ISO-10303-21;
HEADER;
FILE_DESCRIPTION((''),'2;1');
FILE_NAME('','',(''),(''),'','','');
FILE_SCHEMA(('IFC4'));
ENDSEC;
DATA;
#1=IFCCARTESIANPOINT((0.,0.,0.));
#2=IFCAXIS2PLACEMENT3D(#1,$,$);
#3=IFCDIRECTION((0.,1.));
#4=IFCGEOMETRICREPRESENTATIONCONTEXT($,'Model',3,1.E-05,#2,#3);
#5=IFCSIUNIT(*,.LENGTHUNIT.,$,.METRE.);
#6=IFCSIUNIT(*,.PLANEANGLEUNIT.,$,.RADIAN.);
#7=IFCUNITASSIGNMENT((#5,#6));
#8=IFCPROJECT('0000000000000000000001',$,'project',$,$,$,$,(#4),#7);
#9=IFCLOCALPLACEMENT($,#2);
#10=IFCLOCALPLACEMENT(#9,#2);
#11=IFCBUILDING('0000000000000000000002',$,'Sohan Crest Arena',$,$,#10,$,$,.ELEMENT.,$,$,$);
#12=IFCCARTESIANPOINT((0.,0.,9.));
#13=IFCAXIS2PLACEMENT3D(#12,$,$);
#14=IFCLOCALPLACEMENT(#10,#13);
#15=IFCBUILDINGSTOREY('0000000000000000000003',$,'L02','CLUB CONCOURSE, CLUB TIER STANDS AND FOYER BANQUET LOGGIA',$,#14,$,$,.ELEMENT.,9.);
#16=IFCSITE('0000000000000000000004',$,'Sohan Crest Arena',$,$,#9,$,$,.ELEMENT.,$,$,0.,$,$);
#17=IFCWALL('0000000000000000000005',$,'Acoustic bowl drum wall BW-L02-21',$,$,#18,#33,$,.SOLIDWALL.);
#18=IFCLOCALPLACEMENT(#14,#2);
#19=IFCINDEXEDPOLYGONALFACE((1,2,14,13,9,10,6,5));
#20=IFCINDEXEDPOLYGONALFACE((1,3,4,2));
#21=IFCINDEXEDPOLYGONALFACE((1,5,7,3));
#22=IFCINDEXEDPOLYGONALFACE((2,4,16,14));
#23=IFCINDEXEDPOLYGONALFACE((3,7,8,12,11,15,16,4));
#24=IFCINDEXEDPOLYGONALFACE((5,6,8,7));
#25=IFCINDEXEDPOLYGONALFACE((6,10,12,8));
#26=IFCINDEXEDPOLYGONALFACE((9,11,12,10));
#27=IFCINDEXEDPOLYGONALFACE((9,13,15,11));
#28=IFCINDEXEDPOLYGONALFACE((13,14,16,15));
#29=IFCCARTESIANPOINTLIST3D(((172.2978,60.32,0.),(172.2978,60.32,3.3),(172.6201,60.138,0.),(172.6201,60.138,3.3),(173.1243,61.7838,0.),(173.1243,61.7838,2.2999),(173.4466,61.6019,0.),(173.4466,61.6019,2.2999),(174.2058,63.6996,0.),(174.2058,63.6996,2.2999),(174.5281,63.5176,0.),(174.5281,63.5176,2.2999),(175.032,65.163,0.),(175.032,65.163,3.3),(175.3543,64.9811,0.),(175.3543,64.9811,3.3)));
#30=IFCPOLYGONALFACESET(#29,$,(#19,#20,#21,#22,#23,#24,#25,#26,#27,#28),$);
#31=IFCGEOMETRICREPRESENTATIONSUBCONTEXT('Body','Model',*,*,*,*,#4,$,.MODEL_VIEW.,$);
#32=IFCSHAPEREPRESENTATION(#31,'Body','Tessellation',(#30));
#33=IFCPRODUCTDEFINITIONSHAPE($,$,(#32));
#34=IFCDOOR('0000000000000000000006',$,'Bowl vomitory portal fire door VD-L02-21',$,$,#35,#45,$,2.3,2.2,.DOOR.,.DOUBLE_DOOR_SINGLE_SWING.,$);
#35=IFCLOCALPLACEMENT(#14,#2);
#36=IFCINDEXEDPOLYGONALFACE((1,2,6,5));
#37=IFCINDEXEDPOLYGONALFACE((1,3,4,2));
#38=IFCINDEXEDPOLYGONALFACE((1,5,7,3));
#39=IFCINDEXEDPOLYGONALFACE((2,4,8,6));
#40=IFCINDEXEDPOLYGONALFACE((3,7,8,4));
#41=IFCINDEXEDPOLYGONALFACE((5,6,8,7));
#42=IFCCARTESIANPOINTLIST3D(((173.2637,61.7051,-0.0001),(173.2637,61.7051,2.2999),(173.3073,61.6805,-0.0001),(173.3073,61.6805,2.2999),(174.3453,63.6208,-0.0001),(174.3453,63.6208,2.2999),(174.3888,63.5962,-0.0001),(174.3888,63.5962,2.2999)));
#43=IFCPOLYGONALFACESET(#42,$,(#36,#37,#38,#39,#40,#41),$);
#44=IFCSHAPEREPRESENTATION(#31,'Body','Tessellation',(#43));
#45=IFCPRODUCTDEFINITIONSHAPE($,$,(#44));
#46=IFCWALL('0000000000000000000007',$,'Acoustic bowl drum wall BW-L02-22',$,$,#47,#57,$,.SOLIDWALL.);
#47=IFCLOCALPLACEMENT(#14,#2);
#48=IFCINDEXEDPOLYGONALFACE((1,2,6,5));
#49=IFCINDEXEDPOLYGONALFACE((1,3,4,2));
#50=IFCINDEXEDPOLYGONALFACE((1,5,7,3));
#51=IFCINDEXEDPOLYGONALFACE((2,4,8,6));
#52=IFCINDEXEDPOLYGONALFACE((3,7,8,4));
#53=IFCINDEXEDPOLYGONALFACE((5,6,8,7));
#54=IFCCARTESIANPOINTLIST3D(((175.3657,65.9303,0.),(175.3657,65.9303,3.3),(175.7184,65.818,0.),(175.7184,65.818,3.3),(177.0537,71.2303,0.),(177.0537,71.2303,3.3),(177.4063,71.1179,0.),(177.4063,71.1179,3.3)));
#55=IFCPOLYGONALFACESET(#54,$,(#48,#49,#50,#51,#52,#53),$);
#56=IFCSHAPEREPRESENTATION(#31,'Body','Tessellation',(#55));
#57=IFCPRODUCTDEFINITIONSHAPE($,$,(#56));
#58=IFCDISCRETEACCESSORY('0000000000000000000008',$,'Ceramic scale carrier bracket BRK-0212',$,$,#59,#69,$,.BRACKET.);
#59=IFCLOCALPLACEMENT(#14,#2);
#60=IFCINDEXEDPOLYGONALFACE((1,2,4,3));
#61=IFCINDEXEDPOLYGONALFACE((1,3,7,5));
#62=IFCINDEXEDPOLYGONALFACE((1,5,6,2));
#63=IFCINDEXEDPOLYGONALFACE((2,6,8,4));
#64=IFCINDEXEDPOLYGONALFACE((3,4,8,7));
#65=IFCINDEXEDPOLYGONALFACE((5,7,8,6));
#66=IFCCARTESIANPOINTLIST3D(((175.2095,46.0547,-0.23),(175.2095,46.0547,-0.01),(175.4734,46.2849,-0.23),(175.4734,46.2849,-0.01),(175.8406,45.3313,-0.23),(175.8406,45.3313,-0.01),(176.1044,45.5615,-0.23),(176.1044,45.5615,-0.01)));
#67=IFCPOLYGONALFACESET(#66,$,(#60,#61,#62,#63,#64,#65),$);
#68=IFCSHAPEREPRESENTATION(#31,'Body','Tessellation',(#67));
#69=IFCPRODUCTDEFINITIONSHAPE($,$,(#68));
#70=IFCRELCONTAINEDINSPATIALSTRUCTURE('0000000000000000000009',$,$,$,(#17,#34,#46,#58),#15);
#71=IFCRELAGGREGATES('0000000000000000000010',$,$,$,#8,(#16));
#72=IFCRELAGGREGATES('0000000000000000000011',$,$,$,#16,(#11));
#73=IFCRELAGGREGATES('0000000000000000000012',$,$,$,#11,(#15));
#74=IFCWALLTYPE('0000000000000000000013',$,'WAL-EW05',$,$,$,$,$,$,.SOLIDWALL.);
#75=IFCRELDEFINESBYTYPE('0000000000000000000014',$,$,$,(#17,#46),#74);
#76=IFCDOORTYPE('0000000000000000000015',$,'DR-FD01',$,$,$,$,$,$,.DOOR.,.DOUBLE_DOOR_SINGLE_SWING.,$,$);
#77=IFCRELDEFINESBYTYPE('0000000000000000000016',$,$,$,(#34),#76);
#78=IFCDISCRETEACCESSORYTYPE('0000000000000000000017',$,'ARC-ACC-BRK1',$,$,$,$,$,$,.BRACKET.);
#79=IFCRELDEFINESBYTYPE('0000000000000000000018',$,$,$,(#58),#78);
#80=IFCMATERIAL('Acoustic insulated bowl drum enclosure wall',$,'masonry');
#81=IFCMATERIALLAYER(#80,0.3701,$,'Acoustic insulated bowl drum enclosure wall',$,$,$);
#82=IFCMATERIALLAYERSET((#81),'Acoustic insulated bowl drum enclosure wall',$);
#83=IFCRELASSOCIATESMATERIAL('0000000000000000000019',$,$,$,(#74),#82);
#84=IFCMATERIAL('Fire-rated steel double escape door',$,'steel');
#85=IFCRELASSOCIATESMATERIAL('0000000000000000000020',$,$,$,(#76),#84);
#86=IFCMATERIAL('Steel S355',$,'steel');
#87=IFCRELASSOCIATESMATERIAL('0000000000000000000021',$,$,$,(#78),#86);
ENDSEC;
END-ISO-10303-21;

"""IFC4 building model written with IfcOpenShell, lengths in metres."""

from ifc_helpers import new_model, si_unit, direction, frame, frame_2d, origin, origin_2d, place, context, subcontext, project, spatial, rectangle, extrude, material, layer, layer_set, type_object, element, fill, save


model = new_model("IFC4")

# Units and contexts
model_context = context("Model", 3, precision=1e-05, world=origin(), true_north=direction((0.0, 1.0)))
body_context = subcontext(model_context, "Body", "Model", "MODEL_VIEW")
ifc_project = project(units=[si_unit("LENGTHUNIT", "METRE"), si_unit("PLANEANGLEUNIT", "RADIAN")], contexts=[model_context])

# Site, building, storey
site_placement = place(None, origin())
site = spatial("IfcSite", under=ifc_project, at=site_placement, Name="Sohan Crest Arena", CompositionType="ELEMENT", RefElevation=0.0)
building_placement = place(site_placement, origin())
building = spatial("IfcBuilding", under=site, at=building_placement, Name="Sohan Crest Arena", CompositionType="ELEMENT")
storey_placement = place(building_placement, frame((0.0, 0.0, 9.0)))
storey = spatial("IfcBuildingStorey", under=building, at=storey_placement, Name="L02", Description="CLUB CONCOURSE, CLUB TIER STANDS AND FOYER BANQUET LOGGIA", CompositionType="ELEMENT", Elevation=9.0)

# Shared definitions
ifc_material_1 = material(Name="Steel S355", Category="steel")

# Wall, opening, door
ifc_material_2 = material(Name="Acoustic insulated bowl drum enclosure wall", Category="masonry")
ifc_layer_1 = layer(ifc_material_2, 0.3701, Name="Acoustic insulated bowl drum enclosure wall")
ifc_layer_set_1 = layer_set([ifc_layer_1], Name="Acoustic insulated bowl drum enclosure wall")
wall_type = type_object("IfcWallType", Name="WAL-EW05", PredefinedType="SOLIDWALL", material=ifc_layer_set_1)
wall_1_placement = place(storey_placement, frame((172.459, 60.229, 0.0), z_axis=(0.0, 0.0, 1.0), x_axis=(0.491617, 0.870811, 0.0)))
wall_1 = element("IfcWall", 1, at=wall_1_placement, inside=storey, type_object=wall_type, Name="Acoustic bowl drum wall BW-L02-21", PredefinedType="SOLIDWALL", context=body_context, shape_type="SweptSolid", body=[
    extrude(rectangle(XDim=5.5615, YDim=0.3701, at=frame_2d((2.7808, 0.0))), origin(), (0.0, 0.0, 1.0), 3.3),
])
opening_placement = place(wall_1_placement, frame((1.6809, 0.0, 0.0)))
opening = element("IfcOpeningElement", 2, at=opening_placement, cuts=wall_1, PredefinedType="OPENING", context=body_context, shape_type="SweptSolid", body=[
    extrude(rectangle(XDim=2.2, YDim=2.3, at=frame_2d((1.1001, 1.1499))), frame((0.0, 0.1951, 0.0), z_axis=(0.0, -1.0, 0.0), x_axis=(1.0, 0.0, 0.0)), (0.0, 0.0, 1.0), 0.3901),
])
ifc_material_3 = material(Name="Fire-rated steel double escape door", Category="steel")
door_type = type_object("IfcDoorType", Name="DR-FD01", OperationType="DOUBLE_DOOR_SINGLE_SWING", PredefinedType="DOOR", material=ifc_material_3)
door_placement = place(opening_placement, origin())
door = element("IfcDoor", 3, at=door_placement, inside=storey, type_object=door_type, Name="Bowl vomitory portal fire door VD-L02-21", OperationType="DOUBLE_DOOR_SINGLE_SWING", OverallHeight=2.3, OverallWidth=2.2, PredefinedType="DOOR", context=body_context, shape_type="SweptSolid", body=[
    extrude(rectangle(XDim=2.2, YDim=2.3, at=frame_2d((1.1001, 1.1499))), frame((0.0, 0.0249, 0.0), z_axis=(0.0, -1.0, 0.0), x_axis=(1.0, 0.0, 0.0)), (0.0, 0.0, 1.0), 0.05),
])
fill(opening, door)

# Wall
wall_2_placement = place(storey_placement, frame((175.542, 65.874, 0.0), z_axis=(0.0, 0.0, 1.0), x_axis=(0.303466, 0.952842, 0.0)))
element("IfcWall", 4, at=wall_2_placement, inside=storey, type_object=wall_type, Name="Acoustic bowl drum wall BW-L02-22", PredefinedType="SOLIDWALL", context=body_context, shape_type="SweptSolid", body=[
    extrude(rectangle(XDim=5.5623, YDim=0.3701, at=frame_2d((2.7812, 0.0))), origin(), (0.0, 0.0, 1.0), 3.3),
])

# Discrete accessory
discrete_accessory_type = type_object("IfcDiscreteAccessoryType", Name="ARC-ACC-BRK1", PredefinedType="BRACKET", material=ifc_material_1)
discrete_accessory_placement = place(storey_placement, frame((175.657, 45.8081, -0.23), z_axis=(0.0, 0.0, 1.0), x_axis=(0.753563, 0.657375, 0.0)))
element("IfcDiscreteAccessory", 5, at=discrete_accessory_placement, inside=storey, type_object=discrete_accessory_type, Name="Ceramic scale carrier bracket BRK-0212", PredefinedType="BRACKET", context=body_context, shape_type="SweptSolid", body=[
    extrude(rectangle(XDim=0.3501, YDim=0.96, at=origin_2d()), origin(), (0.0, 0.0, 1.0), 0.22),
])

save(model, "model.ifc")
